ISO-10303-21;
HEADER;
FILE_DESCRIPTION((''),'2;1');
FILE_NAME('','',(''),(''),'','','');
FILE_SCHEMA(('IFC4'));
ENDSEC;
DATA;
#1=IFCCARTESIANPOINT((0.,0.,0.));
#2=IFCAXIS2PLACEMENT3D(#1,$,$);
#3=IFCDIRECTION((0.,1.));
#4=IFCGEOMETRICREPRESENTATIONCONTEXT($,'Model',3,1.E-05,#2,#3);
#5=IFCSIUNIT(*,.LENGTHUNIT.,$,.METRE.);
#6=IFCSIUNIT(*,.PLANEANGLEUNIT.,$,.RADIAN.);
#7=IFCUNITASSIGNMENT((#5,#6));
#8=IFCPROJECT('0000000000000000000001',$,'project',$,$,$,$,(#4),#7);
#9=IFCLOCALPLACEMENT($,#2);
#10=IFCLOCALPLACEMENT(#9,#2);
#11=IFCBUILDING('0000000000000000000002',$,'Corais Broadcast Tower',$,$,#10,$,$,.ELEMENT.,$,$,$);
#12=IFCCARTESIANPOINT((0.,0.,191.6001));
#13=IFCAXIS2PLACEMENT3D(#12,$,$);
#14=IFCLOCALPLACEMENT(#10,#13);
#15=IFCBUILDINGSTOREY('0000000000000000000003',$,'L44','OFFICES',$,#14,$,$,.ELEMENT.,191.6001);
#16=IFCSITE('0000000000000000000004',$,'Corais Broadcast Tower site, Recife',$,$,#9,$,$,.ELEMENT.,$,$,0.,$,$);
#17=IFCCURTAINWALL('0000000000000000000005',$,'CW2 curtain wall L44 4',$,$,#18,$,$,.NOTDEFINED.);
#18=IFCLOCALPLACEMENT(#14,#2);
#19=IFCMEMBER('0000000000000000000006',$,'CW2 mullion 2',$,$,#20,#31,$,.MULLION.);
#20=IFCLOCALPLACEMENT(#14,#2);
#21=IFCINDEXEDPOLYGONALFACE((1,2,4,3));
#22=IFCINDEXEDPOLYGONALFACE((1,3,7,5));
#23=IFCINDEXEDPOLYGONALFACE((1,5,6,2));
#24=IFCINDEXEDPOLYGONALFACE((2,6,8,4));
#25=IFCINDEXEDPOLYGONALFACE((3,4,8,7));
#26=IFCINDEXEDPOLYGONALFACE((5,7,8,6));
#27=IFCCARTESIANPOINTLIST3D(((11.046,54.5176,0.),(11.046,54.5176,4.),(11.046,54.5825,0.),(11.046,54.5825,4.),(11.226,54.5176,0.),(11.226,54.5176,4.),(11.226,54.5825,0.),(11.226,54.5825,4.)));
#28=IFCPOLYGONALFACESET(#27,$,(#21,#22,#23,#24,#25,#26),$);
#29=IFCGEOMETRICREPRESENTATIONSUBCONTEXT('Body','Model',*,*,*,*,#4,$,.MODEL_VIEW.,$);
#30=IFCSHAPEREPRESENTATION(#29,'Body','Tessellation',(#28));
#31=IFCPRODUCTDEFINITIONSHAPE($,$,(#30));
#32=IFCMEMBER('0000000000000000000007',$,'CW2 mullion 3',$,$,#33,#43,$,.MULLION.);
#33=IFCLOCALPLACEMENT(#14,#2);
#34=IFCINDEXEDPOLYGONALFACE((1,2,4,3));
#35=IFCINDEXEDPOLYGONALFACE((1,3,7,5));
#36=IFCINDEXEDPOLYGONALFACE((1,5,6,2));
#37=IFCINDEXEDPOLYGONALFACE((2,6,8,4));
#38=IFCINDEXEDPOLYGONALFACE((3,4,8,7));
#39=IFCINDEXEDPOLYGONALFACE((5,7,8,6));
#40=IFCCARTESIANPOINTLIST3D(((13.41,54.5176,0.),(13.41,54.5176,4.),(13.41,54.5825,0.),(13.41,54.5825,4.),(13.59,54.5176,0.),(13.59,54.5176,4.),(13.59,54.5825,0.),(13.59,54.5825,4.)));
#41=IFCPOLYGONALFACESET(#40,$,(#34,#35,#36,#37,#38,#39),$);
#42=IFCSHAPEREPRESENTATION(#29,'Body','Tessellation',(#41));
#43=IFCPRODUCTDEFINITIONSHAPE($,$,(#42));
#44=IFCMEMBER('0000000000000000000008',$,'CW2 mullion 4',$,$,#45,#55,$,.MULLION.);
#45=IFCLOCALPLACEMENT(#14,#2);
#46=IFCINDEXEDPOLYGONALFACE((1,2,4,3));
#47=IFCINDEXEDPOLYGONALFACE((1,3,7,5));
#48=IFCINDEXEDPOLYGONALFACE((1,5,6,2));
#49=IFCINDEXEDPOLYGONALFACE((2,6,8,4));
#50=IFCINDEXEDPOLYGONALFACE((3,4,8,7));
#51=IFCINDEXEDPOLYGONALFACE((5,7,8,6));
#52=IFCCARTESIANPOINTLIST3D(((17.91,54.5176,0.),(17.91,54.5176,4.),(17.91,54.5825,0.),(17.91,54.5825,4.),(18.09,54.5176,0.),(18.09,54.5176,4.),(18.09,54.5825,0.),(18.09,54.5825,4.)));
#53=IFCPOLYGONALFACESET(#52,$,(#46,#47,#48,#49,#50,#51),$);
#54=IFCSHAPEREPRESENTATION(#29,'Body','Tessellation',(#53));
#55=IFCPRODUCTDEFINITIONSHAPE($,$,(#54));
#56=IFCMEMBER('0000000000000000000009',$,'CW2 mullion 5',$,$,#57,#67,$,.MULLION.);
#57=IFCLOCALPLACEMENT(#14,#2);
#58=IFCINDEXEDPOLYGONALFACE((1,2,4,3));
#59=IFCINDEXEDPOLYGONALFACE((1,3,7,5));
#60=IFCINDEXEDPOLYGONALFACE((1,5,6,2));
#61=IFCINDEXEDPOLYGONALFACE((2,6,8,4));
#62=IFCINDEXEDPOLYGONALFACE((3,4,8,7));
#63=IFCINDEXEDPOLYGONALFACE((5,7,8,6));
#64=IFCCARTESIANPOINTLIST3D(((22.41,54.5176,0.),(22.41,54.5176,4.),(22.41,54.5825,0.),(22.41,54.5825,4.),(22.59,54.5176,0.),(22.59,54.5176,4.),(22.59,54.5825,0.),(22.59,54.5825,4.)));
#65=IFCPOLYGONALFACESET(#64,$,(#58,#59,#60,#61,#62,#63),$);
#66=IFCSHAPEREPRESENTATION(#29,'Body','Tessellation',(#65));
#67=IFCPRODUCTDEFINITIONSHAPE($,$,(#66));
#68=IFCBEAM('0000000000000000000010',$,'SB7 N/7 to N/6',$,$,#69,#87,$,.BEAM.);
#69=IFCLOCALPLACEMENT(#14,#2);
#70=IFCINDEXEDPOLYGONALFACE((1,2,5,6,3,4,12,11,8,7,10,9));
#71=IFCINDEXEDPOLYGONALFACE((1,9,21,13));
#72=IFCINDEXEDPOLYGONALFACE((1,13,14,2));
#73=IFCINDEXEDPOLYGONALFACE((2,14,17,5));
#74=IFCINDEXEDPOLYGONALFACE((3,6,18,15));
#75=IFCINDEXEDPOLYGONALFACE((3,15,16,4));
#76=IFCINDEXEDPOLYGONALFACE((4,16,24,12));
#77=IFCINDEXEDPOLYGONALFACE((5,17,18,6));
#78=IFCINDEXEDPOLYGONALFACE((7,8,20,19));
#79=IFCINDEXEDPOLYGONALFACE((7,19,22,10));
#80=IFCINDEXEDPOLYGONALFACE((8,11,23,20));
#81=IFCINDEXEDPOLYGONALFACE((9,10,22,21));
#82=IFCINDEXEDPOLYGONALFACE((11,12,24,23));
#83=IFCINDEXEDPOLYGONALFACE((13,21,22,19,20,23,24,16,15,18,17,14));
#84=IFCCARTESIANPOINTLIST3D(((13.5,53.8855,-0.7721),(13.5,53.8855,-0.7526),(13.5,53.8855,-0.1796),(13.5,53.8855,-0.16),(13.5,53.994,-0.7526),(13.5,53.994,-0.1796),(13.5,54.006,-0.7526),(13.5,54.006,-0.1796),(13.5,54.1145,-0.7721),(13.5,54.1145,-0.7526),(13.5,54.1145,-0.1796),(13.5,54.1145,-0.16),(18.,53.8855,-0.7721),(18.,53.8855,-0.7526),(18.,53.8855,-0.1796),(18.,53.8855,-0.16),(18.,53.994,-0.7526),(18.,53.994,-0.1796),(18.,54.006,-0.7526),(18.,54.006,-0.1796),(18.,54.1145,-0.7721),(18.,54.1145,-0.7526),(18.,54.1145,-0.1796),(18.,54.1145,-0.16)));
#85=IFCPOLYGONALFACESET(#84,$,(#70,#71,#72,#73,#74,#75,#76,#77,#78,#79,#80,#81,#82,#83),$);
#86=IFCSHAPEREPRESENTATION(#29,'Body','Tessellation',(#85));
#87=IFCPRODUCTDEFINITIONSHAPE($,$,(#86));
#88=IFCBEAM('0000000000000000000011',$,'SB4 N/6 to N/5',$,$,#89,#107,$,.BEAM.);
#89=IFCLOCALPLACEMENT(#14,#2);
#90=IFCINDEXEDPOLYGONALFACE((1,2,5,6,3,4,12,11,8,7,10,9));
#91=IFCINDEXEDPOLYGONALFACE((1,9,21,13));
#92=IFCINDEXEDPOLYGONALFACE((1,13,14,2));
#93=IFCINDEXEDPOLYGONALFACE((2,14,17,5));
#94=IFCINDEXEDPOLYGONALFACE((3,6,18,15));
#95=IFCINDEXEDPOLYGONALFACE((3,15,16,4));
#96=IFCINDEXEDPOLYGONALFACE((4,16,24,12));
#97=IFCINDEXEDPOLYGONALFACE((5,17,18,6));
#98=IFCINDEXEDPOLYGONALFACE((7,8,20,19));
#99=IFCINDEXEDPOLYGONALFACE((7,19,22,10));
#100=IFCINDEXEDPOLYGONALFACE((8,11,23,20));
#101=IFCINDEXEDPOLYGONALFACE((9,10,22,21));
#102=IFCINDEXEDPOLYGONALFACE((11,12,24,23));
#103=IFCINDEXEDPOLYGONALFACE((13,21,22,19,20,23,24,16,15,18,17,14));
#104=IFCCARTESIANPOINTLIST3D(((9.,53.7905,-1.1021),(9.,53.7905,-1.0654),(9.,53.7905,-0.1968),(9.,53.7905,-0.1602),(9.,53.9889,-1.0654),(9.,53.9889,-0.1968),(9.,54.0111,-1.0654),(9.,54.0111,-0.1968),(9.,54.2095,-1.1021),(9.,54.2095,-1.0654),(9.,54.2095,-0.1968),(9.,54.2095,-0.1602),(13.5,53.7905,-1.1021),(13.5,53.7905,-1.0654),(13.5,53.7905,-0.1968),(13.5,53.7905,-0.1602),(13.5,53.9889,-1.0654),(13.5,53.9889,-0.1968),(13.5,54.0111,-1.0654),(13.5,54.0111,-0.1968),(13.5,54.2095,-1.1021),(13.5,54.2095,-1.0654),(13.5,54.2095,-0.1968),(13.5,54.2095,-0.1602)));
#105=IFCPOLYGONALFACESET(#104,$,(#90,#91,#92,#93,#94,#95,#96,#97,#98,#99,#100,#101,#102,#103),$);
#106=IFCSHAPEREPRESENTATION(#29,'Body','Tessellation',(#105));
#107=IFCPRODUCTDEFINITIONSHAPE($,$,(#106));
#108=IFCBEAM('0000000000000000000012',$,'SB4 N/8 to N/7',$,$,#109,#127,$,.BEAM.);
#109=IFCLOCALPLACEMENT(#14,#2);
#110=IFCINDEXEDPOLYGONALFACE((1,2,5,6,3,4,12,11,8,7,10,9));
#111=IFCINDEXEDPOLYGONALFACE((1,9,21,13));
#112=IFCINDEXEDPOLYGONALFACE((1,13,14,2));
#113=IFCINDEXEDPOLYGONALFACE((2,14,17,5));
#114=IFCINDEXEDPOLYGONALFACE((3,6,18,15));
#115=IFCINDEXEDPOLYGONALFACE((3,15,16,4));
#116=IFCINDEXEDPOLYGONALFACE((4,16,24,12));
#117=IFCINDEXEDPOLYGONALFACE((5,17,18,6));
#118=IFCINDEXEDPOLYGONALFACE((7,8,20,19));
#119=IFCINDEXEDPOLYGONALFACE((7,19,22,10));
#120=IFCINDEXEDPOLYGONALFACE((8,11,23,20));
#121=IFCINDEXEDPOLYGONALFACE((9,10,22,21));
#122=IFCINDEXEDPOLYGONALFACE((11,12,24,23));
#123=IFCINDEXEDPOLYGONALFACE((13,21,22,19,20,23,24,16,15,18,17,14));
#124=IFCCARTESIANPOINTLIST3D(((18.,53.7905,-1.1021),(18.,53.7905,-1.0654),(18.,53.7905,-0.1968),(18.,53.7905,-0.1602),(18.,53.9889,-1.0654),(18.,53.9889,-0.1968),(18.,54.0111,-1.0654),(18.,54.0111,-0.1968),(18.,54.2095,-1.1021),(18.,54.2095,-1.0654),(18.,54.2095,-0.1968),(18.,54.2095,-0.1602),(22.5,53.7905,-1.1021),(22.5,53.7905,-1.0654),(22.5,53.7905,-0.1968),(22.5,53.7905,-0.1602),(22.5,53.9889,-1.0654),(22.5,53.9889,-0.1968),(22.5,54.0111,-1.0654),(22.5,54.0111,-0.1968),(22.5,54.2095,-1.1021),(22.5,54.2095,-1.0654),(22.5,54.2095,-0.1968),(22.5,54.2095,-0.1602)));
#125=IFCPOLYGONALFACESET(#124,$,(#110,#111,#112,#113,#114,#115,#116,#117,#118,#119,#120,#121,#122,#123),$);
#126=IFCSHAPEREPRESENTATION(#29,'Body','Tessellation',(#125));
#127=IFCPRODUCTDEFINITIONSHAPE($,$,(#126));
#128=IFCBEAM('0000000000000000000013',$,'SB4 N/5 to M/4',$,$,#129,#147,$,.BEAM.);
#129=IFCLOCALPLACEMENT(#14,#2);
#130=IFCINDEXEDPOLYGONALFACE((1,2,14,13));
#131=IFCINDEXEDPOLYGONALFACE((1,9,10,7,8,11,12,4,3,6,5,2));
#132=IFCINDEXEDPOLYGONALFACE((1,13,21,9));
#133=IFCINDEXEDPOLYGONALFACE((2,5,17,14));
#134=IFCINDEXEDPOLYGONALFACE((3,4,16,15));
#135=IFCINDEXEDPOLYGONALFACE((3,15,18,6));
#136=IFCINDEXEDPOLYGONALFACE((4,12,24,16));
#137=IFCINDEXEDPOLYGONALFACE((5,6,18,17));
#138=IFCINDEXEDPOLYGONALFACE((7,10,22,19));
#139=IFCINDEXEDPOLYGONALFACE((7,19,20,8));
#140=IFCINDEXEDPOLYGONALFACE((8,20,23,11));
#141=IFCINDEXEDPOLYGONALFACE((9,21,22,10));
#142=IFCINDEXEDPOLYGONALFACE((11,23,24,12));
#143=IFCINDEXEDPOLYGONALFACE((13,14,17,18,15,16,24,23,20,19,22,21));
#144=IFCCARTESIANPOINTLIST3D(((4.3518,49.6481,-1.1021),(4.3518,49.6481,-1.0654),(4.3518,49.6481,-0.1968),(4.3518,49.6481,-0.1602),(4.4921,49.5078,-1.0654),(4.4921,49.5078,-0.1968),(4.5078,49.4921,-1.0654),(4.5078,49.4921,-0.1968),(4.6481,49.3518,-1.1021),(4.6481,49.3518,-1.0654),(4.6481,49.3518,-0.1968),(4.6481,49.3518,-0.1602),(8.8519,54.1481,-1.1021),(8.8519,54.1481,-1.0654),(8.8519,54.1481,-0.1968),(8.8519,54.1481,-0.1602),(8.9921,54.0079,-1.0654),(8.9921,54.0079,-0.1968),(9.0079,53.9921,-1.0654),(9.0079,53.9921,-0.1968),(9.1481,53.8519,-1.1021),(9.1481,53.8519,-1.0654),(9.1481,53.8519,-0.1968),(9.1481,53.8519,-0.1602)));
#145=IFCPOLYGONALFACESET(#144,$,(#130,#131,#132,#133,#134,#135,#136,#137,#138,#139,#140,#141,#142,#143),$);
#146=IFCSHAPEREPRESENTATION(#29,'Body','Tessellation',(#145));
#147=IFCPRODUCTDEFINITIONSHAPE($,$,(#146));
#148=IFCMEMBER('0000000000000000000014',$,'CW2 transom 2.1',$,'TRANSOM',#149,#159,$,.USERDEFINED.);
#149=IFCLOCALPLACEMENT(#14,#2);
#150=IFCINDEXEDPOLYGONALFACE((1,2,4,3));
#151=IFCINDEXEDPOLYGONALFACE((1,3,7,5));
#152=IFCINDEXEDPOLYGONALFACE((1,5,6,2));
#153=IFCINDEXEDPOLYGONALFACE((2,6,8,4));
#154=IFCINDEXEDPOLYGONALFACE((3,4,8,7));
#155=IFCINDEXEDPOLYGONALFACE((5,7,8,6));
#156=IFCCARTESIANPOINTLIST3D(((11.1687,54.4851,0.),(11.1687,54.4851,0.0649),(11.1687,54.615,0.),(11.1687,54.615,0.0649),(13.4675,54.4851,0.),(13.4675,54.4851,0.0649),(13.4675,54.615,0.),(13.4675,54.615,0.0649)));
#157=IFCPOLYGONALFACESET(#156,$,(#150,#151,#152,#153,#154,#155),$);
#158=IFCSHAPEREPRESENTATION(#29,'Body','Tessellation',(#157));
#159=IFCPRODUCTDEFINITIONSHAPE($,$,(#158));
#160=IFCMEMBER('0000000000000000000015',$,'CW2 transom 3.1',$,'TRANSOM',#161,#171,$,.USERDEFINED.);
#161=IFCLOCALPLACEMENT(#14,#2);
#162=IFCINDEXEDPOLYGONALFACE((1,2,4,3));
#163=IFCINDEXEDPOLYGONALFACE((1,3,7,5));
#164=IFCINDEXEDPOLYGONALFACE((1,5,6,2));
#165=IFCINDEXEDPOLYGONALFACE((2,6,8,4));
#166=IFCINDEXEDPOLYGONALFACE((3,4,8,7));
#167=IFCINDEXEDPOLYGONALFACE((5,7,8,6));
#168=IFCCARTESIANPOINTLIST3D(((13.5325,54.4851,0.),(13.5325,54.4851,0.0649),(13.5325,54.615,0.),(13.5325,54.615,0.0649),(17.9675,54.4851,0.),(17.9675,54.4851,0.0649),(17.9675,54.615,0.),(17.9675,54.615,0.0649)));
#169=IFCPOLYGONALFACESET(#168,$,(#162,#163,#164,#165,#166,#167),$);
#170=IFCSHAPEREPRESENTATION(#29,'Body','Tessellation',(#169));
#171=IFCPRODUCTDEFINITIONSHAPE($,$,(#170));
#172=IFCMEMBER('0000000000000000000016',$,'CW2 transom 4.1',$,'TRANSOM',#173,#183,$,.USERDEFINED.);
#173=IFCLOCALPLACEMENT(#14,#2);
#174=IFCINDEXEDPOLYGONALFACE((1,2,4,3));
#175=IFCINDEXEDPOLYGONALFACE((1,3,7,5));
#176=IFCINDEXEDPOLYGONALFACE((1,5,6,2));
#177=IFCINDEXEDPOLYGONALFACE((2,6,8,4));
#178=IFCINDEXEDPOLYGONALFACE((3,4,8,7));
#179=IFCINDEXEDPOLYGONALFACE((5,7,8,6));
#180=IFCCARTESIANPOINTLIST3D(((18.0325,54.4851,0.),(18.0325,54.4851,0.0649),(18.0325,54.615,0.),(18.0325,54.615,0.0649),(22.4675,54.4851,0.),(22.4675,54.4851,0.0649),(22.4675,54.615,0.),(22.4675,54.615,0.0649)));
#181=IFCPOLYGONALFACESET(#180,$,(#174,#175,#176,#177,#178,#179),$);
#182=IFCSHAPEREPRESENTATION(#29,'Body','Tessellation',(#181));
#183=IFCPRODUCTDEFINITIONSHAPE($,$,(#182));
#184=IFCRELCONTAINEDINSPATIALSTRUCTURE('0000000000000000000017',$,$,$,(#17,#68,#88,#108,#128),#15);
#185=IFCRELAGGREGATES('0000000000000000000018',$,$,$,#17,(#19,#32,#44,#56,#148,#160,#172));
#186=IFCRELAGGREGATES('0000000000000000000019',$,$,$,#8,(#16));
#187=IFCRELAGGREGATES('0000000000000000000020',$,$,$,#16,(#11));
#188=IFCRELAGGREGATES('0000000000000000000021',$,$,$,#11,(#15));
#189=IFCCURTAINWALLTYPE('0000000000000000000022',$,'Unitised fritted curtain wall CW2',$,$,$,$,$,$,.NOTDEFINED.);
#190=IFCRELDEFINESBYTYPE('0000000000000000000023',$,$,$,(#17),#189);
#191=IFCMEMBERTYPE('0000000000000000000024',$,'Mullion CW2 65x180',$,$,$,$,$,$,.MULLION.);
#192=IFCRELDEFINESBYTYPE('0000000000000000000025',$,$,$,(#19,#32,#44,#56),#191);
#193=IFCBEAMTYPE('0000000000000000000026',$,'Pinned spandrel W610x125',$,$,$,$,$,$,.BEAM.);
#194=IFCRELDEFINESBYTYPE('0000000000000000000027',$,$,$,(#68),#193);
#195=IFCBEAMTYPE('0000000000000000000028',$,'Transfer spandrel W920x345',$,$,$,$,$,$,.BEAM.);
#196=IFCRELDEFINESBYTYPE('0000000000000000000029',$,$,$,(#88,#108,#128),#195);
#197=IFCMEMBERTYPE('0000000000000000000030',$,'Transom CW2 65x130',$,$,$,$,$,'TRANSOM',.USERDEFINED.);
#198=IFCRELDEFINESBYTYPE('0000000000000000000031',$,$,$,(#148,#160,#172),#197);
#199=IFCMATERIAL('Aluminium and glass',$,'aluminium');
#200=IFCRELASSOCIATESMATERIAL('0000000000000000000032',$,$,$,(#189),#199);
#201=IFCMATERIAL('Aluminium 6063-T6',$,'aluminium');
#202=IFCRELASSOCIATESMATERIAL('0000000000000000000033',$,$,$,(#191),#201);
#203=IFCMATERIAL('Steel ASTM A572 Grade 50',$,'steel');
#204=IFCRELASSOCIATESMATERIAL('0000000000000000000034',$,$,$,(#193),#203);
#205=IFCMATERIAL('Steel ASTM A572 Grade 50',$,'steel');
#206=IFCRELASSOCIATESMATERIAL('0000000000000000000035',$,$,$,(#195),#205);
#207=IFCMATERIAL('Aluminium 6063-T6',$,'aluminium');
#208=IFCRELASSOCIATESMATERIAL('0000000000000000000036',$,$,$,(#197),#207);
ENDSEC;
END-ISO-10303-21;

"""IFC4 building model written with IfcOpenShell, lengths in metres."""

from ifc_helpers import new_model, si_unit, direction, frame, origin, origin_2d, place, context, subcontext, project, spatial, rectangle, i_section, extrude, material, material_profile, profile_set, type_object, element, aggregate, save


model = new_model("IFC4")

# Units and contexts
model_context = context("Model", 3, precision=1e-05, world=origin(), true_north=direction((0.0, 1.0)))
body_context = subcontext(model_context, "Body", "Model", "MODEL_VIEW")
ifc_project = project(units=[si_unit("LENGTHUNIT", "METRE"), si_unit("PLANEANGLEUNIT", "RADIAN")], contexts=[model_context])

# Site, building, storey
site_placement = place(None, origin())
site = spatial("IfcSite", under=ifc_project, at=site_placement, Name="Corais Broadcast Tower site, Recife", CompositionType="ELEMENT", RefElevation=0.0)
building_placement = place(site_placement, origin())
building = spatial("IfcBuilding", under=site, at=building_placement, Name="Corais Broadcast Tower", CompositionType="ELEMENT")
storey_placement = place(building_placement, frame((0.0, 0.0, 191.6001)))
storey = spatial("IfcBuildingStorey", under=building, at=storey_placement, Name="L44", Description="OFFICES", CompositionType="ELEMENT", Elevation=191.6001)

# Curtain wall, members
ifc_material_1 = material(Name="Aluminium and glass", Category="aluminium")
curtain_wall_type = type_object("IfcCurtainWallType", Name="Unitised fritted curtain wall CW2", PredefinedType="NOTDEFINED", material=ifc_material_1)
curtain_wall_placement = place(storey_placement, origin())
curtain_wall = element("IfcCurtainWall", 1, at=curtain_wall_placement, inside=storey, type_object=curtain_wall_type, Name="CW2 curtain wall L44 4", PredefinedType="NOTDEFINED")
ifc_material_2 = material(Name="Aluminium 6063-T6", Category="aluminium")
ifc_material_profile_1 = material_profile(ifc_material_2, rectangle(XDim=0.0649, YDim=0.1799, at=origin_2d()), Name="Mullion CW2 65x180")
ifc_profile_set_1 = profile_set([ifc_material_profile_1], Name="Aluminium 6063-T6")
member_type_1 = type_object("IfcMemberType", Name="Mullion CW2 65x180", PredefinedType="MULLION", material=ifc_profile_set_1)
member_1_placement = place(storey_placement, frame((11.136, 54.55, 0.0), z_axis=(0.0, 0.0, 1.0), x_axis=(0.0, 1.0, 0.0)))
member_1 = element("IfcMember", 2, at=member_1_placement, type_object=member_type_1, Name="CW2 mullion 2", PredefinedType="MULLION", context=body_context, shape_type="SweptSolid", body=[
    extrude(rectangle(XDim=0.0649, YDim=0.1799, at=origin_2d()), origin(), (0.0, 0.0, 1.0), 4.0),
])
member_2_placement = place(storey_placement, frame((13.5, 54.55, 0.0), z_axis=(0.0, 0.0, 1.0), x_axis=(0.0, 1.0, 0.0)))
member_2 = element("IfcMember", 3, at=member_2_placement, type_object=member_type_1, Name="CW2 mullion 3", PredefinedType="MULLION", context=body_context, shape_type="SweptSolid", body=[
    extrude(rectangle(XDim=0.0649, YDim=0.1799, at=origin_2d()), origin(), (0.0, 0.0, 1.0), 4.0),
])
member_3_placement = place(storey_placement, frame((18.0, 54.55, 0.0), z_axis=(0.0, 0.0, 1.0), x_axis=(0.0, 1.0, 0.0)))
member_3 = element("IfcMember", 4, at=member_3_placement, type_object=member_type_1, Name="CW2 mullion 4", PredefinedType="MULLION", context=body_context, shape_type="SweptSolid", body=[
    extrude(rectangle(XDim=0.0649, YDim=0.1799, at=origin_2d()), origin(), (0.0, 0.0, 1.0), 4.0),
])
member_4_placement = place(storey_placement, frame((22.5, 54.55, 0.0), z_axis=(0.0, 0.0, 1.0), x_axis=(0.0, 1.0, 0.0)))
member_4 = element("IfcMember", 5, at=member_4_placement, type_object=member_type_1, Name="CW2 mullion 5", PredefinedType="MULLION", context=body_context, shape_type="SweptSolid", body=[
    extrude(rectangle(XDim=0.0649, YDim=0.1799, at=origin_2d()), origin(), (0.0, 0.0, 1.0), 4.0),
])

# Beams
ifc_material_3 = material(Name="Steel ASTM A572 Grade 50", Category="steel")
ifc_material_profile_2 = material_profile(ifc_material_3, i_section(OverallWidth=0.229, OverallDepth=0.6121, WebThickness=0.012, FlangeThickness=0.0195, at=origin_2d()), Name="W610x125")
ifc_profile_set_2 = profile_set([ifc_material_profile_2], Name="Steel ASTM A572 Grade 50")
beam_type_1 = type_object("IfcBeamType", Name="Pinned spandrel W610x125", PredefinedType="BEAM", material=ifc_profile_set_2)
beam_1_placement = place(storey_placement, frame((18.0, 54.0, -0.4661), z_axis=(-1.0, 0.0, 0.0), x_axis=(0.0, -1.0, 0.0)))
element("IfcBeam", 6, at=beam_1_placement, inside=storey, type_object=beam_type_1, Name="SB7 N/7 to N/6", PredefinedType="BEAM", context=body_context, shape_type="SweptSolid", body=[
    extrude(i_section(OverallWidth=0.229, OverallDepth=0.6121, WebThickness=0.012, FlangeThickness=0.0195, at=origin_2d()), origin(), (0.0, 0.0, 1.0), 4.5),
])
ifc_material_4 = material(Name="Steel ASTM A572 Grade 50", Category="steel")
ifc_material_profile_3 = material_profile(ifc_material_4, i_section(OverallWidth=0.4189, OverallDepth=0.9419, WebThickness=0.0222, FlangeThickness=0.0366, at=origin_2d()), Name="W920x345")
ifc_profile_set_3 = profile_set([ifc_material_profile_3], Name="Steel ASTM A572 Grade 50")
beam_type_2 = type_object("IfcBeamType", Name="Transfer spandrel W920x345", PredefinedType="BEAM", material=ifc_profile_set_3)
for number, where, z_axis, x_axis, name in (
    (7, (13.5, 54.0, -0.6311), (-1.0, 0.0, 0.0), (0.0, -1.0, 0.0), "SB4 N/6 to N/5"),
    (8, (22.5, 54.0, -0.6311), (-1.0, 0.0, 0.0), (0.0, -1.0, 0.0), "SB4 N/8 to N/7"),
):
    element("IfcBeam", number, at=place(storey_placement, frame(where, z_axis=z_axis, x_axis=x_axis)), inside=storey, type_object=beam_type_2, Name=name, PredefinedType="BEAM", context=body_context, shape_type="SweptSolid", body=[
        extrude(i_section(OverallWidth=0.4189, OverallDepth=0.9419, WebThickness=0.0222, FlangeThickness=0.0366, at=origin_2d()), origin(), (0.0, 0.0, 1.0), 4.5),
    ])
beam_2_placement = place(storey_placement, frame((9.0, 54.0, -0.6311), z_axis=(-0.707107, -0.707107, 0.0), x_axis=(0.707107, -0.707107, 0.0)))
element("IfcBeam", 9, at=beam_2_placement, inside=storey, type_object=beam_type_2, Name="SB4 N/5 to M/4", PredefinedType="BEAM", context=body_context, shape_type="SweptSolid", body=[
    extrude(i_section(OverallWidth=0.4189, OverallDepth=0.9419, WebThickness=0.0222, FlangeThickness=0.0366, at=origin_2d()), origin(), (0.0, 0.0, 1.0), 6.364),
])

# Members
ifc_material_5 = material(Name="Aluminium 6063-T6", Category="aluminium")
ifc_material_profile_4 = material_profile(ifc_material_5, rectangle(XDim=0.1299, YDim=0.0649, at=origin_2d()), Name="Transom CW2 65x130")
ifc_profile_set_4 = profile_set([ifc_material_profile_4], Name="Aluminium 6063-T6")
member_type_2 = type_object("IfcMemberType", Name="Transom CW2 65x130", ElementType="TRANSOM", PredefinedType="USERDEFINED", material=ifc_profile_set_4)
member_5_placement = place(storey_placement, frame((11.1687, 54.55, 0.0325), z_axis=(1.0, 0.0, 0.0), x_axis=(0.0, 1.0, 0.0)))
member_5 = element("IfcMember", 10, at=member_5_placement, type_object=member_type_2, Name="CW2 transom 2.1", ObjectType="TRANSOM", PredefinedType="USERDEFINED", context=body_context, shape_type="SweptSolid", body=[
    extrude(rectangle(XDim=0.1299, YDim=0.0649, at=origin_2d()), origin(), (0.0, 0.0, 1.0), 2.2988),
])
member_6_placement = place(storey_placement, frame((13.5325, 54.55, 0.0325), z_axis=(1.0, 0.0, 0.0), x_axis=(0.0, 1.0, 0.0)))
member_6 = element("IfcMember", 11, at=member_6_placement, type_object=member_type_2, Name="CW2 transom 3.1", ObjectType="TRANSOM", PredefinedType="USERDEFINED", context=body_context, shape_type="SweptSolid", body=[
    extrude(rectangle(XDim=0.1299, YDim=0.0649, at=origin_2d()), origin(), (0.0, 0.0, 1.0), 4.4351),
])
member_7_placement = place(storey_placement, frame((18.0325, 54.55, 0.0325), z_axis=(1.0, 0.0, 0.0), x_axis=(0.0, 1.0, 0.0)))
member_7 = element("IfcMember", 12, at=member_7_placement, type_object=member_type_2, Name="CW2 transom 4.1", ObjectType="TRANSOM", PredefinedType="USERDEFINED", context=body_context, shape_type="SweptSolid", body=[
    extrude(rectangle(XDim=0.1299, YDim=0.0649, at=origin_2d()), origin(), (0.0, 0.0, 1.0), 4.4351),
])

aggregate(curtain_wall, [member_1, member_2, member_3, member_4, member_5, member_6, member_7])

save(model, "model.ifc")
